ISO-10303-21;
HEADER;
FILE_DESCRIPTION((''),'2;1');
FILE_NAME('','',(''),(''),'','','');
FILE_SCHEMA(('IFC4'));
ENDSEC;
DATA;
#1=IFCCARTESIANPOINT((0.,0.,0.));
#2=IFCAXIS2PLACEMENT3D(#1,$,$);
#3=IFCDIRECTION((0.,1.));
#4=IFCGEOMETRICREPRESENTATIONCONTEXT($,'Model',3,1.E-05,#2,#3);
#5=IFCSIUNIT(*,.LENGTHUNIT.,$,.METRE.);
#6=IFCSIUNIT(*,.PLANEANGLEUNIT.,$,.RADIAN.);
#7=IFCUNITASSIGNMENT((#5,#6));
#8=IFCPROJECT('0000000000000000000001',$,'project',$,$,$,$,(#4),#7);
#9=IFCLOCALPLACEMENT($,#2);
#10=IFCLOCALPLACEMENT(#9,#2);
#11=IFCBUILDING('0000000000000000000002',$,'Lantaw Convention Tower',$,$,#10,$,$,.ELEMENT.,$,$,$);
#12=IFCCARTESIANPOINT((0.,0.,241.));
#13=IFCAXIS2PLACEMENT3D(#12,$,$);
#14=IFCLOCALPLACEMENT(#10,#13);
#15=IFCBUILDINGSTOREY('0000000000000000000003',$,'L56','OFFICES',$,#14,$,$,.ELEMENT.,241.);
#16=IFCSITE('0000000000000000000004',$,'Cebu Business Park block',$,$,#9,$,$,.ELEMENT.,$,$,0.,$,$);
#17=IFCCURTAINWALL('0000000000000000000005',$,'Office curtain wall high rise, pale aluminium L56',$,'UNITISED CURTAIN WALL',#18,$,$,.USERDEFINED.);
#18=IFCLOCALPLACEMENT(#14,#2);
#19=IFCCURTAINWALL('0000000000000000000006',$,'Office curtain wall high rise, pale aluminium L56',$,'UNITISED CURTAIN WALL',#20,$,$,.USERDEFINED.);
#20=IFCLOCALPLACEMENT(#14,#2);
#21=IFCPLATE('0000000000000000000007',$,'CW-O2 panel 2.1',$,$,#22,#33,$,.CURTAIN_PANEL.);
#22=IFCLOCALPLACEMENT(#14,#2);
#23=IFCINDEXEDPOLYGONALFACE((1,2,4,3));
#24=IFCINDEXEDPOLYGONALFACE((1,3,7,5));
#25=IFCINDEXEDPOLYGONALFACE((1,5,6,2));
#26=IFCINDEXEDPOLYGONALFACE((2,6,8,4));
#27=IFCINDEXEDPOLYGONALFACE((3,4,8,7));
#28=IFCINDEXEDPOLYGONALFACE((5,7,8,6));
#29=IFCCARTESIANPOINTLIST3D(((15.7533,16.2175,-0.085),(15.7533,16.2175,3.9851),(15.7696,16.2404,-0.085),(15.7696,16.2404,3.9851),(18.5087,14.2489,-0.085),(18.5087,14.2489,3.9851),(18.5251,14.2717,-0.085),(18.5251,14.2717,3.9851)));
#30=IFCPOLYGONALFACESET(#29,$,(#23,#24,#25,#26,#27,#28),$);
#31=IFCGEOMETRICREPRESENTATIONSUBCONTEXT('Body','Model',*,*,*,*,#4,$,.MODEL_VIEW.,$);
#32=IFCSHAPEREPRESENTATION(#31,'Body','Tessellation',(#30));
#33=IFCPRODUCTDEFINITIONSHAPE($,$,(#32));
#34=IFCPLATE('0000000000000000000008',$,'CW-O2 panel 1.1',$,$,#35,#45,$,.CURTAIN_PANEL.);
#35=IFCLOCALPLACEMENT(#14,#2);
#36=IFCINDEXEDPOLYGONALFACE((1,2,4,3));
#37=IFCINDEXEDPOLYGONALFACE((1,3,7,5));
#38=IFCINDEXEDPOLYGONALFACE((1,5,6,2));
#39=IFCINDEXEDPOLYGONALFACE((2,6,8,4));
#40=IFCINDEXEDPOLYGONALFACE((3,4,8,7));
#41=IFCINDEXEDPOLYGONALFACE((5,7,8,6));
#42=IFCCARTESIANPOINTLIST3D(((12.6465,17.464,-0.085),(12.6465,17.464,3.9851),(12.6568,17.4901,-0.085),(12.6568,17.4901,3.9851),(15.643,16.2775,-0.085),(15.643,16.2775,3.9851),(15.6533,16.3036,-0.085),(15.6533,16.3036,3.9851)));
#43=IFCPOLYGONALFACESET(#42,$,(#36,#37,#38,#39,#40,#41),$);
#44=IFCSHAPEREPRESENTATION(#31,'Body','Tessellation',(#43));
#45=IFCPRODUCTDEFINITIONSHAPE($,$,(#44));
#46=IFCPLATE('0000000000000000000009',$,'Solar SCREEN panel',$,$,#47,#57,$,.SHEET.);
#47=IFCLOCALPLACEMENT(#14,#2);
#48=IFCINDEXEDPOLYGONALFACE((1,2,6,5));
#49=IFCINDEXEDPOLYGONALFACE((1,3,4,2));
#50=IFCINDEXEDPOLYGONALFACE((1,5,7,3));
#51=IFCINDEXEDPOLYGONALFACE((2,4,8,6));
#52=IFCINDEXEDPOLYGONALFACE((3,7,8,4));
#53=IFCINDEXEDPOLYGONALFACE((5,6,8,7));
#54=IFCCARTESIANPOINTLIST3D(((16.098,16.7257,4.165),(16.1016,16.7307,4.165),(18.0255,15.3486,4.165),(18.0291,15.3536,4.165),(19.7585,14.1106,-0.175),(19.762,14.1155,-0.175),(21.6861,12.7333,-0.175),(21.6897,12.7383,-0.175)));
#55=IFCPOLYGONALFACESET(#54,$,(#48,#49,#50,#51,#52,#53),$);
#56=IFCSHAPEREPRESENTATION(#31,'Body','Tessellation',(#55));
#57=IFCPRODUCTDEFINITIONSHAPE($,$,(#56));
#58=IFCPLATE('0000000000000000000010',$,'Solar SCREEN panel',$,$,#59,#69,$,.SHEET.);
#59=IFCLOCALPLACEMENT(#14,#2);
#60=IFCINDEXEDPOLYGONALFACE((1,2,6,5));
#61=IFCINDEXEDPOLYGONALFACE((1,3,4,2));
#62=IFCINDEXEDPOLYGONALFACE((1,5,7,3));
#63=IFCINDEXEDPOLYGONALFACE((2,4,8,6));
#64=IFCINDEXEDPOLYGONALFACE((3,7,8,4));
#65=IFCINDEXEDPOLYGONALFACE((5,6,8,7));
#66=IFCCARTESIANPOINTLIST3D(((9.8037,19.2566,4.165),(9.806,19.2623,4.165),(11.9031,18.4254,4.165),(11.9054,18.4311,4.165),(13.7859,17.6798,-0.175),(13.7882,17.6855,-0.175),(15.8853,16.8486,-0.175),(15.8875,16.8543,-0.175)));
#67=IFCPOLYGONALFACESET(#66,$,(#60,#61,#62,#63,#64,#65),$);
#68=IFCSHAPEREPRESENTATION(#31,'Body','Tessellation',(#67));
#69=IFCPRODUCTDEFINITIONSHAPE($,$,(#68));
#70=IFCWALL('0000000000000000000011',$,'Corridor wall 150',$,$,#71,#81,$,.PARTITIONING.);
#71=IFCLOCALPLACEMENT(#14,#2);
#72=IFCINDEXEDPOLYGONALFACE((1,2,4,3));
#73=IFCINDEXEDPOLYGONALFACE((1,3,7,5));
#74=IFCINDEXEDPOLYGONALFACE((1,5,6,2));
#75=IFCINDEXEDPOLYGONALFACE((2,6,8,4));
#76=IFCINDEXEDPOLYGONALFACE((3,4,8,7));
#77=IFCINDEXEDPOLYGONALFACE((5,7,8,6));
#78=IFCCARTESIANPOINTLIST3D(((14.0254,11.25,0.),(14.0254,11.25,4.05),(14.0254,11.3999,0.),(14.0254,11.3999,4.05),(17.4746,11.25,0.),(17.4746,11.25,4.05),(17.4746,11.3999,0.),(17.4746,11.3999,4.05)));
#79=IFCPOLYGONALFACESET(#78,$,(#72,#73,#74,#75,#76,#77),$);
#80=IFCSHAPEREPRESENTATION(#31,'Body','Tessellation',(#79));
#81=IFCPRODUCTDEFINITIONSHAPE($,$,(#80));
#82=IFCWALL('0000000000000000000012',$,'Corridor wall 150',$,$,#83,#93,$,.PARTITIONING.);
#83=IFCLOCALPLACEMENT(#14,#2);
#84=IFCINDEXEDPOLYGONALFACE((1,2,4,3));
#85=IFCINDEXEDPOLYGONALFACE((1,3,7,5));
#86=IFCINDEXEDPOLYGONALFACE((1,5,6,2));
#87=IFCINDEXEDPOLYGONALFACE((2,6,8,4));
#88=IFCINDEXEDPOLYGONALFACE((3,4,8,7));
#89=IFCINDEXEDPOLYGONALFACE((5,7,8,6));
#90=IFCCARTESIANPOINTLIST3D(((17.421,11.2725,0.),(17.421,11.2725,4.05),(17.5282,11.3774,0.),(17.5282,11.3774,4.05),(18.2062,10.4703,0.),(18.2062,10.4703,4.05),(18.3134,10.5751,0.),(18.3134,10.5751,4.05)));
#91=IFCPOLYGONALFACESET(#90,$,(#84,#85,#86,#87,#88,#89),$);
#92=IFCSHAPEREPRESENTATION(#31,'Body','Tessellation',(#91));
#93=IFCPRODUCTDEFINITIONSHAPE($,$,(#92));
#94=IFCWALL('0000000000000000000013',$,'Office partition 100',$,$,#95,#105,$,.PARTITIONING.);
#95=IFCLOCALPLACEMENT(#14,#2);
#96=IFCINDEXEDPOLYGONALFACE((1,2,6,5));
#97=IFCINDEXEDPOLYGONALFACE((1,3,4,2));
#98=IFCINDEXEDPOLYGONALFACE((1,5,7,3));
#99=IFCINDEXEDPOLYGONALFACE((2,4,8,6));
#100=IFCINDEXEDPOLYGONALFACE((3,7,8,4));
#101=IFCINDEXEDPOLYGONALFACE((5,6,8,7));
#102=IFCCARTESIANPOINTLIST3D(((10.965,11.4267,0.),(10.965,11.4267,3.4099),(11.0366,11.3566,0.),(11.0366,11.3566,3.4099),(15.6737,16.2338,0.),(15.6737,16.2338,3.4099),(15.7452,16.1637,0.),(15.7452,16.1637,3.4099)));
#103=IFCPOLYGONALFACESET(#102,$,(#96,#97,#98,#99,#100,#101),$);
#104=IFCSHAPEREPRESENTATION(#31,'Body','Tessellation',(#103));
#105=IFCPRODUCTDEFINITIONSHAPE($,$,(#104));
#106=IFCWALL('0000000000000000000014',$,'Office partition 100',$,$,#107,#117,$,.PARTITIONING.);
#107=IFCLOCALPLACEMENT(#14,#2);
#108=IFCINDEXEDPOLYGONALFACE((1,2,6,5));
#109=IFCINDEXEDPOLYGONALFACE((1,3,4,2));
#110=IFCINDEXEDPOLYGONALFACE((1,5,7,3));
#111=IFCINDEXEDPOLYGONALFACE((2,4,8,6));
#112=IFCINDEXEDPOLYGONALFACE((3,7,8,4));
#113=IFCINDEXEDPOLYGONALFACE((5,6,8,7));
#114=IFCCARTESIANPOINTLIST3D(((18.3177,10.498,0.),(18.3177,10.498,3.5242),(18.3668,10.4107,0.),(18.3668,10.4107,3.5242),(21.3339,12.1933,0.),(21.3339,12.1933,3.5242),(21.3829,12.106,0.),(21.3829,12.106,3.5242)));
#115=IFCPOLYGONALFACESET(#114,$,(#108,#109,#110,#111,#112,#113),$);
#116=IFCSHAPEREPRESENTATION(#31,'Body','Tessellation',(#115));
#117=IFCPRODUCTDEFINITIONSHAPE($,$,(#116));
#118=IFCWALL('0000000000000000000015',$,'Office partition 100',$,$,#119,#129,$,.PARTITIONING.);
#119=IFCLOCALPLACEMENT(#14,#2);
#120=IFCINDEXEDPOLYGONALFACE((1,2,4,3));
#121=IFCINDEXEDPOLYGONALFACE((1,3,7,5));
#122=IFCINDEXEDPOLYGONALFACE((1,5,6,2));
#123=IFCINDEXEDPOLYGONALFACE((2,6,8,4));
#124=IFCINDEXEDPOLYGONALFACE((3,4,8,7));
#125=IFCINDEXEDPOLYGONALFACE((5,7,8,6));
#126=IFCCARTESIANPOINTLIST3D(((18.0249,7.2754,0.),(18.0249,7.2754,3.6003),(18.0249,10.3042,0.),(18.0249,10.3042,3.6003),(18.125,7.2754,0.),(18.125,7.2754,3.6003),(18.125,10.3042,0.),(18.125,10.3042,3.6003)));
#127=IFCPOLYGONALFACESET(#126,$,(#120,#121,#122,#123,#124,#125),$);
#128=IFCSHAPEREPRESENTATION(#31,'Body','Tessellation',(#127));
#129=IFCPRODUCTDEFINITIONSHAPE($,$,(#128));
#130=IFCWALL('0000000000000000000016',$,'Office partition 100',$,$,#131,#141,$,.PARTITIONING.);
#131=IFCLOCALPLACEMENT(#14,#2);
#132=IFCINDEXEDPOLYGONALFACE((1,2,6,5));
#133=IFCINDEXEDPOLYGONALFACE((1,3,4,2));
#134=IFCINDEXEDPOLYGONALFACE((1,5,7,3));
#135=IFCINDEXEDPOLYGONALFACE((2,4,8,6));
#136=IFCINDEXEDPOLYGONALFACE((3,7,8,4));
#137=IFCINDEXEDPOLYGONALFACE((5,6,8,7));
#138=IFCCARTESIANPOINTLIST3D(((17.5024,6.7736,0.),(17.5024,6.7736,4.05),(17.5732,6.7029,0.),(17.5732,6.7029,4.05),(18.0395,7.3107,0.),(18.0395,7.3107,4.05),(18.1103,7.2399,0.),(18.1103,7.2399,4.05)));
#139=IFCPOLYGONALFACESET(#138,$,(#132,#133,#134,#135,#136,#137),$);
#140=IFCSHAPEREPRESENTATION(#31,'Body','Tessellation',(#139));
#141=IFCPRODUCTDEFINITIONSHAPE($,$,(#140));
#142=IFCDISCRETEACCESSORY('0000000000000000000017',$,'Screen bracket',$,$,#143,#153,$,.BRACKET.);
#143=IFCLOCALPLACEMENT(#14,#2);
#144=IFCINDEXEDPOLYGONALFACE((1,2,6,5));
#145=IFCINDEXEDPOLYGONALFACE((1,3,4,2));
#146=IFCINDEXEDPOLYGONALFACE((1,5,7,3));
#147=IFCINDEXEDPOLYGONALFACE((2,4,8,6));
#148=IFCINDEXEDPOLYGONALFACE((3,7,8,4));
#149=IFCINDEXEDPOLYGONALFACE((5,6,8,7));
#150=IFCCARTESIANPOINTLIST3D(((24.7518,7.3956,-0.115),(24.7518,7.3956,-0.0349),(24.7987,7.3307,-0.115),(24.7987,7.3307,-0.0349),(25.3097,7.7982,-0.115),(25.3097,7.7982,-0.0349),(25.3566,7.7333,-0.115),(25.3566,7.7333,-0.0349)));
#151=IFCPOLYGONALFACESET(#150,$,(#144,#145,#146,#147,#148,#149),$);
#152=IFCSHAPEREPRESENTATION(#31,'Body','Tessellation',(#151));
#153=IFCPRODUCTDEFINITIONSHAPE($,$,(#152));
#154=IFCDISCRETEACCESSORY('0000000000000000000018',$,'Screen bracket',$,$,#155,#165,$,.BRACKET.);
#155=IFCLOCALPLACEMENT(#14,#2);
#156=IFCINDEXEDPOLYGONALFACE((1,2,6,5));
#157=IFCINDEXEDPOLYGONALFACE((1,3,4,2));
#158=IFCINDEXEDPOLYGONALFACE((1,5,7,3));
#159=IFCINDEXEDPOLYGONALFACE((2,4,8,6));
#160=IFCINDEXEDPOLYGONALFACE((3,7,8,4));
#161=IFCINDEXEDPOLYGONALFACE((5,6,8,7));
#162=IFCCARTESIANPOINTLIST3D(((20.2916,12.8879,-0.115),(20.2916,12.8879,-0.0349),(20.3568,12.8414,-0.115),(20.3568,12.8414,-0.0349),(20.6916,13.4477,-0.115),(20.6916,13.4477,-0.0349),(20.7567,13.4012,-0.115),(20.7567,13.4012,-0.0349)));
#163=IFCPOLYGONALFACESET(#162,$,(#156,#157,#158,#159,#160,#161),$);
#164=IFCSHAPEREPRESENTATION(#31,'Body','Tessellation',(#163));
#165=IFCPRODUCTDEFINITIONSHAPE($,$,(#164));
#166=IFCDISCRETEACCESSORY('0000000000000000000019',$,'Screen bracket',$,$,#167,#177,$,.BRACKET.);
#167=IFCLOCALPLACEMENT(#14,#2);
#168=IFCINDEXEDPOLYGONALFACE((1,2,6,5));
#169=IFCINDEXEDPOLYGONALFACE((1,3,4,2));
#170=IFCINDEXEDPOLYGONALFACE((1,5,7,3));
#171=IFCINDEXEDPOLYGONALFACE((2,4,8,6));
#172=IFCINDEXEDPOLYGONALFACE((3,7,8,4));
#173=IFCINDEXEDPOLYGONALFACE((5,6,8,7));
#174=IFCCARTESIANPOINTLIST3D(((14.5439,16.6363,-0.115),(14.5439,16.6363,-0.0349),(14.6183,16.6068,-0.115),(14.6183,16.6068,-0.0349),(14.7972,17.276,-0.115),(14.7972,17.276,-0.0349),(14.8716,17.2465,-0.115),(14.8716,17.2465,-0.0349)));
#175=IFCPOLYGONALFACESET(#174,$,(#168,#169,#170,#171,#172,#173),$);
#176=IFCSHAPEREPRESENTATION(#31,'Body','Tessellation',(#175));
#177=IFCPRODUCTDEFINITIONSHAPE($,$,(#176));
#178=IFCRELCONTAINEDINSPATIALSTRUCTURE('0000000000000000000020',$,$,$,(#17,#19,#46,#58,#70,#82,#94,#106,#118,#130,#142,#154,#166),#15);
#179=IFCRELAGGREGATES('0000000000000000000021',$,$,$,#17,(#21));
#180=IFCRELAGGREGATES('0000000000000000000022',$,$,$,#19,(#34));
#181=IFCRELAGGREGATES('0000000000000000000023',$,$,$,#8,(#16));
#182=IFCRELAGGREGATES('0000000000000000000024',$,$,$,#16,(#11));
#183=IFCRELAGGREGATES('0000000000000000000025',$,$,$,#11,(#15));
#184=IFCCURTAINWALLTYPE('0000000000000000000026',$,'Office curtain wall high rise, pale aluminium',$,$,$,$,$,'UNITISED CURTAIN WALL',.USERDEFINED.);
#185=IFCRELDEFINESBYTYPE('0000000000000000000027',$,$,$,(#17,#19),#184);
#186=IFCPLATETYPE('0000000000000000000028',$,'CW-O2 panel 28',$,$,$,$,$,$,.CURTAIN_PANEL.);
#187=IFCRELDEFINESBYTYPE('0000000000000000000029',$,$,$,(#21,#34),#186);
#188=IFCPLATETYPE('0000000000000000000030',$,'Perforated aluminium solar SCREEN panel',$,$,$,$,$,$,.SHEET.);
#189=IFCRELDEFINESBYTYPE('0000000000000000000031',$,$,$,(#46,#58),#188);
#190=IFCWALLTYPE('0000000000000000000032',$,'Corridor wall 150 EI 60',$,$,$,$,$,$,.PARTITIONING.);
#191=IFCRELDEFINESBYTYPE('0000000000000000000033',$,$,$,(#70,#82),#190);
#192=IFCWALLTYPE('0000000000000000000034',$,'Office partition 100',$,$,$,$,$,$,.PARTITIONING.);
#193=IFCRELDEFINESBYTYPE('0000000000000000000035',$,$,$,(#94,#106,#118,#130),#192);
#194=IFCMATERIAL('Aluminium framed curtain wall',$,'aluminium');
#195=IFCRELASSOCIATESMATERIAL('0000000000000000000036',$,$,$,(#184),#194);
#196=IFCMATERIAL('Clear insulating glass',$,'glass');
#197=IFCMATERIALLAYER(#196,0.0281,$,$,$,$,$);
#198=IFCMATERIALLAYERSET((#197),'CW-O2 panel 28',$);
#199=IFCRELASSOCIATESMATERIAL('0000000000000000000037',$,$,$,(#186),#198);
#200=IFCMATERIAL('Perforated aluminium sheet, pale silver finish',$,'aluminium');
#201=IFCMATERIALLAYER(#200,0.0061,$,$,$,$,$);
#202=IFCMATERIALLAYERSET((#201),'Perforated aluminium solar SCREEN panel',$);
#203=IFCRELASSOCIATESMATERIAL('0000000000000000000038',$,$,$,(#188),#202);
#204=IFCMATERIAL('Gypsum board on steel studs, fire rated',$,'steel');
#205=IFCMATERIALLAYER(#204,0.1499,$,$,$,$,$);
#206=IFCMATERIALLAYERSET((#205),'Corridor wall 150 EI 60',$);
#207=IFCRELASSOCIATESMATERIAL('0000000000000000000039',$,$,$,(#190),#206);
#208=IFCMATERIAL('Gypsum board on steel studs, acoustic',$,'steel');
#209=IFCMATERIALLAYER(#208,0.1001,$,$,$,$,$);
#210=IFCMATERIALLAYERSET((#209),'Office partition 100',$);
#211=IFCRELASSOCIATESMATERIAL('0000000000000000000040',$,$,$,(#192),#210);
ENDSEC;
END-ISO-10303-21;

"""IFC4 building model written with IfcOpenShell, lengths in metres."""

from ifc_helpers import new_model, si_unit, direction, frame, frame_2d, origin, origin_2d, place, context, subcontext, project, spatial, polyline, rectangle, outline, extrude, material, layer, layer_set, type_object, element, aggregate, save


model = new_model("IFC4")

# Units and contexts
model_context = context("Model", 3, precision=1e-05, world=origin(), true_north=direction((0.0, 1.0)))
body_context = subcontext(model_context, "Body", "Model", "MODEL_VIEW")
ifc_project = project(units=[si_unit("LENGTHUNIT", "METRE"), si_unit("PLANEANGLEUNIT", "RADIAN")], contexts=[model_context])

# Site, building, storey
site_placement = place(None, origin())
site = spatial("IfcSite", under=ifc_project, at=site_placement, Name="Cebu Business Park block", CompositionType="ELEMENT", RefElevation=0.0)
building_placement = place(site_placement, origin())
building = spatial("IfcBuilding", under=site, at=building_placement, Name="Lantaw Convention Tower", CompositionType="ELEMENT")
storey_placement = place(building_placement, frame((0.0, 0.0, 241.0)))
storey = spatial("IfcBuildingStorey", under=building, at=storey_placement, Name="L56", Description="OFFICES", CompositionType="ELEMENT", Elevation=241.0)

# Curtain wall
ifc_material_1 = material(Name="Aluminium framed curtain wall", Category="aluminium")
curtain_wall_type = type_object("IfcCurtainWallType", Name="Office curtain wall high rise, pale aluminium", ElementType="UNITISED CURTAIN WALL", PredefinedType="USERDEFINED", material=ifc_material_1)
curtain_wall_1_placement = place(storey_placement, origin())
curtain_wall_1 = element("IfcCurtainWall", 1, at=curtain_wall_1_placement, inside=storey, type_object=curtain_wall_type, Name="Office curtain wall high rise, pale aluminium L56", ObjectType="UNITISED CURTAIN WALL", PredefinedType="USERDEFINED")

# Curtain wall
curtain_wall_2_placement = place(storey_placement, origin())
curtain_wall_2 = element("IfcCurtainWall", 2, at=curtain_wall_2_placement, inside=storey, type_object=curtain_wall_type, Name="Office curtain wall high rise, pale aluminium L56", ObjectType="UNITISED CURTAIN WALL", PredefinedType="USERDEFINED")

# Plates
ifc_material_2 = material(Name="Clear insulating glass", Category="glass")
ifc_layer_1 = layer(ifc_material_2, 0.0281)
ifc_layer_set_1 = layer_set([ifc_layer_1], Name="CW-O2 panel 28")
plate_type_1 = type_object("IfcPlateType", Name="CW-O2 panel 28", PredefinedType="CURTAIN_PANEL", material=ifc_layer_set_1)
plate_1_placement = place(storey_placement, frame((17.1392, 15.2446, -0.085), z_axis=(0.0, 0.0, 1.0), x_axis=(-0.813673, 0.581323, 0.0)))
plate_1 = element("IfcPlate", 3, at=plate_1_placement, type_object=plate_type_1, Name="CW-O2 panel 2.1", PredefinedType="CURTAIN_PANEL", context=body_context, shape_type="SweptSolid", body=[
    extrude(rectangle(XDim=3.3865, YDim=0.0281, at=origin_2d()), origin(), (0.0, 0.0, 1.0), 4.0701),
])
aggregate(curtain_wall_1, [plate_1])
plate_2_placement = place(storey_placement, frame((14.1499, 16.8838, -0.085), z_axis=(0.0, 0.0, 1.0), x_axis=(-0.929762, 0.368162, 0.0)))
plate_2 = element("IfcPlate", 4, at=plate_2_placement, type_object=plate_type_1, Name="CW-O2 panel 1.1", PredefinedType="CURTAIN_PANEL", context=body_context, shape_type="SweptSolid", body=[
    extrude(rectangle(XDim=3.2229, YDim=0.0281, at=origin_2d()), origin(), (0.0, 0.0, 1.0), 4.0701),
])
aggregate(curtain_wall_2, [plate_2])

# Plates
ifc_material_3 = material(Name="Perforated aluminium sheet, pale silver finish", Category="aluminium")
ifc_layer_2 = layer(ifc_material_3, 0.0061)
ifc_layer_set_2 = layer_set([ifc_layer_2], Name="Perforated aluminium solar SCREEN panel")
plate_type_2 = type_object("IfcPlateType", Name="Perforated aluminium solar SCREEN panel", PredefinedType="SHEET", material=ifc_layer_set_2)
plate_3_placement = place(storey_placement, frame((21.6897, 12.7383, -0.175), z_axis=(0.581331, 0.813667, 0.00001), x_axis=(-0.813667, 0.581331, 0.0)))
element("IfcPlate", 5, at=plate_3_placement, inside=storey, type_object=plate_type_2, Name="Solar SCREEN panel", PredefinedType="SHEET", context=body_context, shape_type="SweptSolid", body=[
    extrude(outline(polyline([(0.0, 0.0), (2.3691, 0.0), (6.8678, 4.3401), (4.4989, 4.3401), (0.0, 0.0)])), origin(), (0.0, 0.0, -1.0), 0.0061),
])
plate_4_placement = place(storey_placement, frame((15.8853, 16.8486, -0.175), z_axis=(-0.368117, -0.92978, 0.000036), x_axis=(-0.92978, 0.368117, 0.0)))
element("IfcPlate", 6, at=plate_4_placement, inside=storey, type_object=plate_type_2, Name="Solar SCREEN panel", PredefinedType="SHEET", context=body_context, shape_type="SweptSolid", body=[
    extrude(outline(polyline([(0.0, 0.0), (2.2579, 0.0), (6.5409, -4.3401), (4.2829, -4.3401), (0.0, 0.0)])), origin(), (0.0, 0.0, -1.0), 0.0061),
])

# Walls
ifc_material_4 = material(Name="Gypsum board on steel studs, fire rated", Category="steel")
ifc_layer_3 = layer(ifc_material_4, 0.1499)
ifc_layer_set_3 = layer_set([ifc_layer_3], Name="Corridor wall 150 EI 60")
wall_type_1 = type_object("IfcWallType", Name="Corridor wall 150 EI 60", PredefinedType="PARTITIONING", material=ifc_layer_set_3)
wall_1_placement = place(storey_placement, frame((14.0254, 11.325, 0.0), z_axis=(0.0, 0.0, 1.0), x_axis=(1.0, 0.0, 0.0)))
element("IfcWall", 7, at=wall_1_placement, inside=storey, type_object=wall_type_1, Name="Corridor wall 150", PredefinedType="PARTITIONING", context=body_context, shape_type="SweptSolid", body=[
    extrude(rectangle(XDim=3.4492, YDim=0.1499, at=frame_2d((1.7246, 0.0))), origin(), (0.0, 0.0, 1.0), 4.05),
])
wall_2_placement = place(storey_placement, frame((17.4746, 11.325, 0.0), z_axis=(0.0, 0.0, 1.0), x_axis=(0.699454, -0.714678, 0.0)))
element("IfcWall", 8, at=wall_2_placement, inside=storey, type_object=wall_type_1, Name="Corridor wall 150", PredefinedType="PARTITIONING", context=body_context, shape_type="SweptSolid", body=[
    extrude(rectangle(XDim=1.1226, YDim=0.1499, at=frame_2d((0.5613, 0.0))), origin(), (0.0, 0.0, 1.0), 4.05),
])
ifc_material_5 = material(Name="Gypsum board on steel studs, acoustic", Category="steel")
ifc_layer_4 = layer(ifc_material_5, 0.1001)
ifc_layer_set_4 = layer_set([ifc_layer_4], Name="Office partition 100")
wall_type_2 = type_object("IfcWallType", Name="Office partition 100", PredefinedType="PARTITIONING", material=ifc_layer_set_4)
wall_3_placement = place(storey_placement, frame((15.7095, 16.1987, 0.0), z_axis=(0.0, 0.0, 1.0), x_axis=(-0.699758, -0.71438, 0.0)))
element("IfcWall", 9, at=wall_3_placement, inside=storey, type_object=wall_type_2, Name="Office partition 100", PredefinedType="PARTITIONING", context=body_context, shape_type="SweptSolid", body=[
    extrude(rectangle(XDim=6.729, YDim=0.1001, at=frame_2d((3.3645, 0.0))), origin(), (0.0, 0.0, 1.0), 3.4099),
])
wall_4_placement = place(storey_placement, frame((21.3584, 12.1497, 0.0), z_axis=(0.0, 0.0, 1.0), x_axis=(-0.87173, -0.489987, 0.0)))
element("IfcWall", 10, at=wall_4_placement, inside=storey, type_object=wall_type_2, Name="Office partition 100", PredefinedType="PARTITIONING", context=body_context, shape_type="SweptSolid", body=[
    extrude(rectangle(XDim=3.46, YDim=0.1001, at=frame_2d((1.73, 0.0))), origin(), (0.0, 0.0, 1.0), 3.5242),
])
wall_5_placement = place(storey_placement, frame((18.075, 10.3042, 0.0), z_axis=(0.0, 0.0, 1.0), x_axis=(0.0, -1.0, 0.0)))
element("IfcWall", 11, at=wall_5_placement, inside=storey, type_object=wall_type_2, Name="Office partition 100", PredefinedType="PARTITIONING", context=body_context, shape_type="SweptSolid", body=[
    extrude(rectangle(XDim=3.0288, YDim=0.1001, at=frame_2d((1.5144, 0.0))), origin(), (0.0, 0.0, 1.0), 3.6003),
])
wall_6_placement = place(storey_placement, frame((18.075, 7.2754, 0.0), z_axis=(0.0, 0.0, 1.0), x_axis=(-0.707107, -0.707107, 0.0)))
element("IfcWall", 12, at=wall_6_placement, inside=storey, type_object=wall_type_2, Name="Office partition 100", PredefinedType="PARTITIONING", context=body_context, shape_type="SweptSolid", body=[
    extrude(rectangle(XDim=0.7595, YDim=0.1001, at=frame_2d((0.3799, 0.0))), origin(), (0.0, 0.0, 1.0), 4.05),
])

# Discrete accessories
for number, where, z_axis, x_axis, name in (
    (13, (25.0542, 7.5645, -0.115), (0.0, 0.0, 1.0), (-0.585158, 0.81092, 0.0), "Screen bracket"),
    (14, (20.5242, 13.1445, -0.115), (0.0, 0.0, 1.0), (-0.813673, 0.581323, 0.0), "Screen bracket"),
    (15, (14.7078, 16.9414, -0.115), (0.0, 0.0, 1.0), (-0.929762, 0.368162, 0.0), "Screen bracket"),
):
    element("IfcDiscreteAccessory", number, at=place(storey_placement, frame(where, z_axis=z_axis, x_axis=x_axis)), inside=storey, Name=name, PredefinedType="BRACKET", context=body_context, shape_type="SweptSolid", body=[
        extrude(rectangle(XDim=0.0801, YDim=0.688, at=origin_2d()), origin(), (0.0, 0.0, 1.0), 0.0801),
    ])

save(model, "model.ifc")
